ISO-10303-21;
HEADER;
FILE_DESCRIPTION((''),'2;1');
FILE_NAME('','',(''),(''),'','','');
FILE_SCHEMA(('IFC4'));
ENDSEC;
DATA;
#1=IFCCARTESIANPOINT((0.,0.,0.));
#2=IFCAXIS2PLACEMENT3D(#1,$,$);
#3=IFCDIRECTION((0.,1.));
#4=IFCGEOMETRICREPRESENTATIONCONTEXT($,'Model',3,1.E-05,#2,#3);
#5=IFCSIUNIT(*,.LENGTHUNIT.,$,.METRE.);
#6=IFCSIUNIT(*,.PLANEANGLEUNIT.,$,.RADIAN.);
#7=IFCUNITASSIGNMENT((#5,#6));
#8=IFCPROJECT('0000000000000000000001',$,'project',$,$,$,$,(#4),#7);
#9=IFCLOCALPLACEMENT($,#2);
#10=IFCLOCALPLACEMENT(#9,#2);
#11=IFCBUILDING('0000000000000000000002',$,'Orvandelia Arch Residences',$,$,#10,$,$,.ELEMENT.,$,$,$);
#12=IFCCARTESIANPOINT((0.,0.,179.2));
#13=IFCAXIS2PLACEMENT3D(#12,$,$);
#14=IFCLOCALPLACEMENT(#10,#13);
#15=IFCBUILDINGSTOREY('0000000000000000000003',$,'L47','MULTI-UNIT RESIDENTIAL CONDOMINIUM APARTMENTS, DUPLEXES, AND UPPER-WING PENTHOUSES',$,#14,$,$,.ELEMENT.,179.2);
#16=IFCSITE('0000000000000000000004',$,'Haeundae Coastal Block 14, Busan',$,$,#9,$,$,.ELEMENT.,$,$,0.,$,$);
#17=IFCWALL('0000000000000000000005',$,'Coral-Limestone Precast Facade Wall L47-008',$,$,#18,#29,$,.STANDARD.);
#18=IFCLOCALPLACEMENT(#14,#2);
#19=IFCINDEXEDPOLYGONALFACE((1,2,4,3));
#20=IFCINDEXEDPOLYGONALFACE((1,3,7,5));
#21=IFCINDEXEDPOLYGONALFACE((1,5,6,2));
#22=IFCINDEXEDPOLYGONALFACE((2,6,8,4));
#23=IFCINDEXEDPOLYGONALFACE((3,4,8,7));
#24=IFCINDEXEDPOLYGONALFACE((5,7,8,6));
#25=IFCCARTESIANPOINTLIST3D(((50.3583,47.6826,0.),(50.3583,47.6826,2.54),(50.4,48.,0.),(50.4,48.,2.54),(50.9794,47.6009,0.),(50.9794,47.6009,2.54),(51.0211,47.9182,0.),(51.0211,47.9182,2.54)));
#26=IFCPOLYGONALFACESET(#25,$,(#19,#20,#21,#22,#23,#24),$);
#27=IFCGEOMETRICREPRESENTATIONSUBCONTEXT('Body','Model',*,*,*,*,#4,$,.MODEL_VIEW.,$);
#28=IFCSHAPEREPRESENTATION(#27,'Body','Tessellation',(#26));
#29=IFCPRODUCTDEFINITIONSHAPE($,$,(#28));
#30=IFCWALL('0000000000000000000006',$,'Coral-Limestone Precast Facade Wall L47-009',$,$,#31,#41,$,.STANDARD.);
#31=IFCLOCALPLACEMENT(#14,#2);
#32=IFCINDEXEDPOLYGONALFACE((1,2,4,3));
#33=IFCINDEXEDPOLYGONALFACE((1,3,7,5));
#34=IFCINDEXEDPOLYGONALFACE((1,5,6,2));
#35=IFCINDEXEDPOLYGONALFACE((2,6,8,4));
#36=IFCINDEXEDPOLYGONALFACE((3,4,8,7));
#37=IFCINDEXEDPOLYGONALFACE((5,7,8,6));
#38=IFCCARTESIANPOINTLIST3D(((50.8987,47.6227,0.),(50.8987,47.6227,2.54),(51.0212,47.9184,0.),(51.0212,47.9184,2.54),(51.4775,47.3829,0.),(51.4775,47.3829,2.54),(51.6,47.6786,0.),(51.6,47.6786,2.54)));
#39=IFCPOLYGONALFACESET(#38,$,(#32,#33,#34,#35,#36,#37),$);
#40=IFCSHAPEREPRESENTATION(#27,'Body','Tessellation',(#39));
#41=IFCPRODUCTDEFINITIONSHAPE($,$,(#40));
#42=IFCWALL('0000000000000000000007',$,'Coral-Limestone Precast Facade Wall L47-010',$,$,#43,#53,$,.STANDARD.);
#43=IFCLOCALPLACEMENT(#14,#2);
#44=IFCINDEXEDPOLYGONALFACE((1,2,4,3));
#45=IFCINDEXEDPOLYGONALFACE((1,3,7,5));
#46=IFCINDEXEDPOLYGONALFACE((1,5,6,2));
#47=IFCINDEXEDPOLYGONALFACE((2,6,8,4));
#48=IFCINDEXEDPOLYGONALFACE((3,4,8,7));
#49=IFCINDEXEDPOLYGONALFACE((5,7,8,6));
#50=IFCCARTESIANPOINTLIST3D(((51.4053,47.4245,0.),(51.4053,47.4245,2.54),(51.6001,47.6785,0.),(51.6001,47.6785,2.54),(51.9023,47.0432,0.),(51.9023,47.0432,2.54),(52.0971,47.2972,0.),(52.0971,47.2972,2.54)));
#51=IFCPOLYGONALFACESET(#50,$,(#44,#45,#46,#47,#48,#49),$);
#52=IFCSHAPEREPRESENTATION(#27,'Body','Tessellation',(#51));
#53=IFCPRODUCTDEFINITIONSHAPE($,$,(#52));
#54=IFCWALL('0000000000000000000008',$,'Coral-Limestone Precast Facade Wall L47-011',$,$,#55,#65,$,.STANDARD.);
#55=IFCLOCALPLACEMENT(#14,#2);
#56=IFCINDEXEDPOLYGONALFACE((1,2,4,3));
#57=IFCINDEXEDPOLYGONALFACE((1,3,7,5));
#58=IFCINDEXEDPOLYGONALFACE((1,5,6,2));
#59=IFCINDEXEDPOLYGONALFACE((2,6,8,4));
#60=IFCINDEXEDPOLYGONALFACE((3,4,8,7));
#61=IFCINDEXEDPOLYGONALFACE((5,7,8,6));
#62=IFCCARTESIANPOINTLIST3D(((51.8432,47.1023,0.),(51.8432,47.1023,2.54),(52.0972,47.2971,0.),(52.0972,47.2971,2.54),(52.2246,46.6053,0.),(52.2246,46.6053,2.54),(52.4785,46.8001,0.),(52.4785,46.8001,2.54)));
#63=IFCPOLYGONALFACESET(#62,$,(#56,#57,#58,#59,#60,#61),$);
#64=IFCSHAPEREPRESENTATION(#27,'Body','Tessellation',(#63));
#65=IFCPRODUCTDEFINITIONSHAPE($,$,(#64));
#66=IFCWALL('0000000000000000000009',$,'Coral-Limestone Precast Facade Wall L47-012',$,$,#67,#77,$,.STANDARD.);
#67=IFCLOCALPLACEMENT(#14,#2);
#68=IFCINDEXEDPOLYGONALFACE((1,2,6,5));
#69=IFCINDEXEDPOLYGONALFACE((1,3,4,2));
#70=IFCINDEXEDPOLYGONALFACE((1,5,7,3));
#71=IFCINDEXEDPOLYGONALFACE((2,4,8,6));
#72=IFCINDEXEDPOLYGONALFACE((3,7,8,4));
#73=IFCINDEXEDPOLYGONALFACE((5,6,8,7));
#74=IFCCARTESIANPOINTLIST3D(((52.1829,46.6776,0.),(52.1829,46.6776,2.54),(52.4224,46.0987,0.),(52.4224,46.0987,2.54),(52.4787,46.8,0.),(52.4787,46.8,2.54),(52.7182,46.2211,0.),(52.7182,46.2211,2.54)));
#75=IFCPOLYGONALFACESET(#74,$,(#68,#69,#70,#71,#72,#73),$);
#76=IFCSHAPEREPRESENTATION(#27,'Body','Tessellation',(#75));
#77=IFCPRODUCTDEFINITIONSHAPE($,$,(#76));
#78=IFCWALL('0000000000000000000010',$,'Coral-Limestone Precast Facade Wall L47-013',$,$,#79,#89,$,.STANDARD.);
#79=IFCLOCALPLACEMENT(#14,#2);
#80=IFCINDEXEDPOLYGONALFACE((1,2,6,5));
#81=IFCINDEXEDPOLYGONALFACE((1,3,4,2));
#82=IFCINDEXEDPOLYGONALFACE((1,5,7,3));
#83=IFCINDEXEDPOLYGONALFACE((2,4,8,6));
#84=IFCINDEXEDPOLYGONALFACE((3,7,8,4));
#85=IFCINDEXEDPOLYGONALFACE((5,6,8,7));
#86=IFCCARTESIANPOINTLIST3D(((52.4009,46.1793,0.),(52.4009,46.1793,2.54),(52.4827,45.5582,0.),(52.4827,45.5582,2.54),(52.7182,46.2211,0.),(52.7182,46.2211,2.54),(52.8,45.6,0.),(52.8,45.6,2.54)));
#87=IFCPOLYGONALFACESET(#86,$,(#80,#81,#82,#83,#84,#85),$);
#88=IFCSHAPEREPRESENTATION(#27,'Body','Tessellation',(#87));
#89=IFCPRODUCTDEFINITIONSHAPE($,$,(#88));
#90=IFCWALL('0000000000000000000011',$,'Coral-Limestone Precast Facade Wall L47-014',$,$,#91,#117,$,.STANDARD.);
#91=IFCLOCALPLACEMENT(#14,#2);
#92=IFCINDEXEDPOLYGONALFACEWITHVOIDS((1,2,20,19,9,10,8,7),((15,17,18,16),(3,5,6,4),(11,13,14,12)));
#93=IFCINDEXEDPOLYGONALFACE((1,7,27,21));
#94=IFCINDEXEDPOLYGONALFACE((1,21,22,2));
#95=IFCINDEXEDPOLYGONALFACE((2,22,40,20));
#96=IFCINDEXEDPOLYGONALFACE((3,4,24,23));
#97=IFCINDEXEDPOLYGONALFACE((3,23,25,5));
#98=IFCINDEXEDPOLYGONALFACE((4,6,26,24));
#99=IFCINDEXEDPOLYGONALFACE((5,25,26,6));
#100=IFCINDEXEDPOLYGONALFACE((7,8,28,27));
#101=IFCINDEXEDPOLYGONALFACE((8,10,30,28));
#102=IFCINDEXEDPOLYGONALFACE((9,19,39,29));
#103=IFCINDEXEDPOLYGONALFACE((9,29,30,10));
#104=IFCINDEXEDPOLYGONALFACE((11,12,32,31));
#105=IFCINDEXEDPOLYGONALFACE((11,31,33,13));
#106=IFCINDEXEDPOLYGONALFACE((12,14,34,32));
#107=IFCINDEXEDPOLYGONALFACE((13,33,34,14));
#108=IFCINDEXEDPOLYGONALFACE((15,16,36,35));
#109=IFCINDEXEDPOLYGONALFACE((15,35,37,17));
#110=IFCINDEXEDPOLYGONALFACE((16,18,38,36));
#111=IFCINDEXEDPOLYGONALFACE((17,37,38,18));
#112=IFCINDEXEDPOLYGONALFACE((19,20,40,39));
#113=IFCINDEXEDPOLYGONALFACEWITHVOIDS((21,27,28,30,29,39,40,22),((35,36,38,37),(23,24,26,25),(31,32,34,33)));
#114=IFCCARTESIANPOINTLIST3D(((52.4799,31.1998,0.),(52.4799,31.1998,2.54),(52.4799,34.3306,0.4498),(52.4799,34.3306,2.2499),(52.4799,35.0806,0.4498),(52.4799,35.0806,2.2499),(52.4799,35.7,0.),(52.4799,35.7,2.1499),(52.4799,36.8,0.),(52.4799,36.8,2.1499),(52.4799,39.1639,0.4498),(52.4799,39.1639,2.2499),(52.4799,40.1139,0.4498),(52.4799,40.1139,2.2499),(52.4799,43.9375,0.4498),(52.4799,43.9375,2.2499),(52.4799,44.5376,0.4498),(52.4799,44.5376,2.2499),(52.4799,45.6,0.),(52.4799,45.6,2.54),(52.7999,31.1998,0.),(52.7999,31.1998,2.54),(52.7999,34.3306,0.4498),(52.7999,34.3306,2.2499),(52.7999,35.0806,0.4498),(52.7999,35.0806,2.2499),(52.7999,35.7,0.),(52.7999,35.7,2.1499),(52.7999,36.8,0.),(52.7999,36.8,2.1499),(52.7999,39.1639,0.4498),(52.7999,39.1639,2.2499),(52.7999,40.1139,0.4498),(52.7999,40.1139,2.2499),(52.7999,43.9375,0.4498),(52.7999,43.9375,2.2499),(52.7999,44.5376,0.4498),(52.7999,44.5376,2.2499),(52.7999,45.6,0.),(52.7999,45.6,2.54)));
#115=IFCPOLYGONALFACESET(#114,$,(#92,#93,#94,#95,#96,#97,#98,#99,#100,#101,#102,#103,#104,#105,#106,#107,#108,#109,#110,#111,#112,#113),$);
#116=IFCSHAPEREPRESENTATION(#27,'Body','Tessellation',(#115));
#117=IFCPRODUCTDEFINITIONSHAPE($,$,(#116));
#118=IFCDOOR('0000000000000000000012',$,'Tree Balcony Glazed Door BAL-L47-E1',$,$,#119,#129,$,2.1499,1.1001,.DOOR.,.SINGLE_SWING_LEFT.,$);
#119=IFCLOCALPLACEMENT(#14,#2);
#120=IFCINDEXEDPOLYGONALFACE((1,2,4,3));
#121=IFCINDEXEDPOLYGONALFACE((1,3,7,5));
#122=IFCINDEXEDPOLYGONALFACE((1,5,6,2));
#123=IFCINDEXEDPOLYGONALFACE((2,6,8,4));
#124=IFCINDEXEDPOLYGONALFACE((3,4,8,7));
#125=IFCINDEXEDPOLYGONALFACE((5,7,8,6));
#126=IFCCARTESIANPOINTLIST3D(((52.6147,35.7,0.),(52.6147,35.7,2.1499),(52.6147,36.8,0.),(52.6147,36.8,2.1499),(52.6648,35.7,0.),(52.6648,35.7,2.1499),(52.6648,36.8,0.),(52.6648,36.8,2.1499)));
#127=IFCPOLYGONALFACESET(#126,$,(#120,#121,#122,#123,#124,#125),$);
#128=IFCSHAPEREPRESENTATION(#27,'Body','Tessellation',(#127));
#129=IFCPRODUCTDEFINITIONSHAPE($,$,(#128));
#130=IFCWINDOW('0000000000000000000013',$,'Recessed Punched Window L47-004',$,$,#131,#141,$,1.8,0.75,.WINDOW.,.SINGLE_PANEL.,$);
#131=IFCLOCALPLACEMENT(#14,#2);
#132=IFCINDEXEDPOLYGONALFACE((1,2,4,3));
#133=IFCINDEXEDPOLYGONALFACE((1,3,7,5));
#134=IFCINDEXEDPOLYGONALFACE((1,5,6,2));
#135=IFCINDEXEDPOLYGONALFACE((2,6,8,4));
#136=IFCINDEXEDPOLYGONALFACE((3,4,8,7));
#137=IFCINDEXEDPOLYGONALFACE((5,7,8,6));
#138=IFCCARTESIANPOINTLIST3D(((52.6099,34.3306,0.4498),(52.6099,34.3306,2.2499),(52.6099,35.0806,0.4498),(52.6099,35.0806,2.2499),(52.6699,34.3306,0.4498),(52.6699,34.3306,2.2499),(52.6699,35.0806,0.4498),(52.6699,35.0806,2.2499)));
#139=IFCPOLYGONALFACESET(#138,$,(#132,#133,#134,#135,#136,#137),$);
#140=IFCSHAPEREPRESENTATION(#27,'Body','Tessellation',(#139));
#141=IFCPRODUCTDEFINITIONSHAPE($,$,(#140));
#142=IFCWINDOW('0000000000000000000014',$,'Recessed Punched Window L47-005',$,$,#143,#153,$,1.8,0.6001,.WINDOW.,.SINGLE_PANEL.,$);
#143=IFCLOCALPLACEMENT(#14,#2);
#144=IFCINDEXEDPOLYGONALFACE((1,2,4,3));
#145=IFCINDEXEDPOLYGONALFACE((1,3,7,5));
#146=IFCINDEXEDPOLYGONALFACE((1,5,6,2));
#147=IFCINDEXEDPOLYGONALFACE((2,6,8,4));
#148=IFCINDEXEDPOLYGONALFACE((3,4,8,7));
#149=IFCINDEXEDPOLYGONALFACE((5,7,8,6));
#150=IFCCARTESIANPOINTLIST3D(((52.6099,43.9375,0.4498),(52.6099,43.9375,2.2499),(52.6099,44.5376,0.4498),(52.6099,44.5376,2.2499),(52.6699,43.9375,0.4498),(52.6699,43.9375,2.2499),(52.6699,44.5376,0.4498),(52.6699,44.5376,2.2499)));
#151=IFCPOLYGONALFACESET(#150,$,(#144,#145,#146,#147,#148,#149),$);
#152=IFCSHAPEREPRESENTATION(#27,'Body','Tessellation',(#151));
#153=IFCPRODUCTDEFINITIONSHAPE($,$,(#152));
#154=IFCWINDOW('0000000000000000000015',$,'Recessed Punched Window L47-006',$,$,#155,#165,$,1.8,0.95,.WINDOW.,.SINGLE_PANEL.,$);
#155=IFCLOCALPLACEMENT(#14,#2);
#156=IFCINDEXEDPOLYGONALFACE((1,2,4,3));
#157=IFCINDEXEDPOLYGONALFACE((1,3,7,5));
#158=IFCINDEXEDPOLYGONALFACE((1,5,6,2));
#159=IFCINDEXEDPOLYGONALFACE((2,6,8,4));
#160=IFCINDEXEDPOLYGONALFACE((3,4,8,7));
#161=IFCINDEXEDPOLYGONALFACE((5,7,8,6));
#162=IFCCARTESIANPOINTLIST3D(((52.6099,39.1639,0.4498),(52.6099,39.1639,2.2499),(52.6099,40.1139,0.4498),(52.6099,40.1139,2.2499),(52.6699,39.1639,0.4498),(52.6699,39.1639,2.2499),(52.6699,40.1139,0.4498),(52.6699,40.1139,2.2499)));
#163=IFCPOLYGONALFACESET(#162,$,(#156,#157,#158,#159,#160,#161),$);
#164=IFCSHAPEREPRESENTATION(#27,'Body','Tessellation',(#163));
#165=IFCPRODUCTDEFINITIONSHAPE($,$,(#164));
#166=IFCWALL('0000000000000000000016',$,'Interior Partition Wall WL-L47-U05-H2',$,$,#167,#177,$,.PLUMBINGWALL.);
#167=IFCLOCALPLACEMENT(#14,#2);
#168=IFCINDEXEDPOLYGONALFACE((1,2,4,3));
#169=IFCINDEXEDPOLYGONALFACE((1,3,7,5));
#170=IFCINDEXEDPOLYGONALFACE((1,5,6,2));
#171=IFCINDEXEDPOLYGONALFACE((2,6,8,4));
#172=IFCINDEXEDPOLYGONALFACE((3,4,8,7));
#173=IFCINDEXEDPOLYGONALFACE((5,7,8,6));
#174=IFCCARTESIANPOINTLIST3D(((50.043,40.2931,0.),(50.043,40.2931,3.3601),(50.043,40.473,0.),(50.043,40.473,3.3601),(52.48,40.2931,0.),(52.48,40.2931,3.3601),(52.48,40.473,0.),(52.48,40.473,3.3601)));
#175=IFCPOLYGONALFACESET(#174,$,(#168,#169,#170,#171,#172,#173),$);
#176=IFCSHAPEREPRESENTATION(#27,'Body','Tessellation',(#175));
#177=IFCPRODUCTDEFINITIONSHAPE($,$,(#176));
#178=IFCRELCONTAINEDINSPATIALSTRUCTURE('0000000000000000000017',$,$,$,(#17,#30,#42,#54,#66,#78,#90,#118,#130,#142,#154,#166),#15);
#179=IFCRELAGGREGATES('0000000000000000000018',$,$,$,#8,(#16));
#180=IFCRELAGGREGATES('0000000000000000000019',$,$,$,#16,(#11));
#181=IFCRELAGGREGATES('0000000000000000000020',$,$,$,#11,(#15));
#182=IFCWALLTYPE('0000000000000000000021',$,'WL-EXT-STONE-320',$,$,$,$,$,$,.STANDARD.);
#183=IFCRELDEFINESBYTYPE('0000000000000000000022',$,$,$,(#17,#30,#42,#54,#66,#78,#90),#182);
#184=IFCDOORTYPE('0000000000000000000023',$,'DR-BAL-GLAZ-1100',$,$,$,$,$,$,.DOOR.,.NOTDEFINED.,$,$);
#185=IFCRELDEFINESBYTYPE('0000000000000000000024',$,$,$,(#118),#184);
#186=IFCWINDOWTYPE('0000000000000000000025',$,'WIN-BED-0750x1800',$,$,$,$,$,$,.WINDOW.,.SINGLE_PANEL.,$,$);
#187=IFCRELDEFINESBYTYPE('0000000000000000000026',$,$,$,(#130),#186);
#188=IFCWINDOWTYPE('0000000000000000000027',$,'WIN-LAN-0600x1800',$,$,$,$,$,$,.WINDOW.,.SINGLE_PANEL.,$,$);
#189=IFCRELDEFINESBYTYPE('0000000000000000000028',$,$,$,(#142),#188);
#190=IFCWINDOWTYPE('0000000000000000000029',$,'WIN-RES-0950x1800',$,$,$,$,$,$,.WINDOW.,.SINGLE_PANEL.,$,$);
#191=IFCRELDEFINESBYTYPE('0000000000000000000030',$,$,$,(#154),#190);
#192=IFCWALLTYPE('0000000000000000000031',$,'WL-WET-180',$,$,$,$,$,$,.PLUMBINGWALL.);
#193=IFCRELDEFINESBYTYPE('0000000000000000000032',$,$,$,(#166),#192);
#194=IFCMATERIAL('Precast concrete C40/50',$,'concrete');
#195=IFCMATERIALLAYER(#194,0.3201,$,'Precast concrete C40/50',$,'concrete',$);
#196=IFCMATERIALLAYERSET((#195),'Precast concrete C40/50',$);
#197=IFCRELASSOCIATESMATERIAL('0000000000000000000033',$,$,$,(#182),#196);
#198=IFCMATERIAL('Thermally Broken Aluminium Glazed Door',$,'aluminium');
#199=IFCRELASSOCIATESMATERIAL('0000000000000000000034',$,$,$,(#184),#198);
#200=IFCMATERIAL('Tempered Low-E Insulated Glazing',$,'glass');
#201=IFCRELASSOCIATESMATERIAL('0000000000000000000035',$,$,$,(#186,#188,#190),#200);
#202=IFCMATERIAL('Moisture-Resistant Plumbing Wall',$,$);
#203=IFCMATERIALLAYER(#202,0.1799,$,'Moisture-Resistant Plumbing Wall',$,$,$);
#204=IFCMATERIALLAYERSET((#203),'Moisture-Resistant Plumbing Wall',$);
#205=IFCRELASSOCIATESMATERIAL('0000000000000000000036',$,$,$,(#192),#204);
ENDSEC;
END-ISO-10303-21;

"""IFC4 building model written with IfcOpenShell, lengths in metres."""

from ifc_helpers import new_model, si_unit, direction, frame, frame_2d, origin, place, context, subcontext, project, spatial, rectangle, extrude, material, layer, layer_set, type_object, element, fill, save


model = new_model("IFC4")

# Units and contexts
model_context = context("Model", 3, precision=1e-05, world=origin(), true_north=direction((0.0, 1.0)))
body_context = subcontext(model_context, "Body", "Model", "MODEL_VIEW")
ifc_project = project(units=[si_unit("LENGTHUNIT", "METRE"), si_unit("PLANEANGLEUNIT", "RADIAN")], contexts=[model_context])

# Site, building, storey
site_placement = place(None, origin())
site = spatial("IfcSite", under=ifc_project, at=site_placement, Name="Haeundae Coastal Block 14, Busan", CompositionType="ELEMENT", RefElevation=0.0)
building_placement = place(site_placement, origin())
building = spatial("IfcBuilding", under=site, at=building_placement, Name="Orvandelia Arch Residences", CompositionType="ELEMENT")
storey_placement = place(building_placement, frame((0.0, 0.0, 179.2)))
storey = spatial("IfcBuildingStorey", under=building, at=storey_placement, Name="L47", Description="MULTI-UNIT RESIDENTIAL CONDOMINIUM APARTMENTS, DUPLEXES, AND UPPER-WING PENTHOUSES", CompositionType="ELEMENT", Elevation=179.2)

# Walls
ifc_material_1 = material(Name="Precast concrete C40/50", Category="concrete")
ifc_layer_1 = layer(ifc_material_1, 0.3201, Name="Precast concrete C40/50", Category="concrete")
ifc_layer_set_1 = layer_set([ifc_layer_1], Name="Precast concrete C40/50")
wall_type_1 = type_object("IfcWallType", Name="WL-EXT-STONE-320", PredefinedType="STANDARD", material=ifc_layer_set_1)
for number, where, z_axis, x_axis, name in (
    (1, (50.3792, 47.8413, 0.0), (0.0, 0.0, 1.0), (0.991441, -0.130555, 0.0), "Coral-Limestone Precast Facade Wall L47-008"),
    (2, (50.96, 47.7705, 0.0), (0.0, 0.0, 1.0), (0.923893, -0.38265, 0.0), "Coral-Limestone Precast Facade Wall L47-009"),
    (3, (51.5027, 47.5515, 0.0), (0.0, 0.0, 1.0), (0.793406, -0.608693, 0.0), "Coral-Limestone Precast Facade Wall L47-010"),
    (4, (51.9702, 47.1997, 0.0), (0.0, 0.0, 1.0), (0.608693, -0.793406, 0.0), "Coral-Limestone Precast Facade Wall L47-011"),
    (5, (52.3308, 46.7388, 0.0), (0.0, 0.0, 1.0), (0.382317, -0.924031, 0.0), "Coral-Limestone Precast Facade Wall L47-012"),
    (6, (52.5596, 46.2002, 0.0), (0.0, 0.0, 1.0), (0.130555, -0.991441, 0.0), "Coral-Limestone Precast Facade Wall L47-013"),
):
    element("IfcWall", number, at=place(storey_placement, frame(where, z_axis=z_axis, x_axis=x_axis)), inside=storey, type_object=wall_type_1, Name=name, PredefinedType="STANDARD", context=body_context, shape_type="SweptSolid", body=[
        extrude(rectangle(XDim=0.6265, YDim=0.3201, at=frame_2d((0.3132, 0.0))), origin(), (0.0, 0.0, 1.0), 2.54),
    ])

# Wall, openings, door, windows
wall_1_placement = place(storey_placement, frame((52.6399, 45.6001, 0.0), z_axis=(0.0, 0.0, 1.0), x_axis=(0.0, -1.0, 0.0)))
wall_1 = element("IfcWall", 7, at=wall_1_placement, inside=storey, type_object=wall_type_1, Name="Coral-Limestone Precast Facade Wall L47-014", PredefinedType="STANDARD", context=body_context, shape_type="SweptSolid", body=[
    extrude(rectangle(XDim=14.4001, YDim=0.3201, at=frame_2d((7.2002, 0.0))), origin(), (0.0, 0.0, 1.0), 2.54),
])
opening_1_placement = place(wall_1_placement, frame((8.8, 0.0, 0.0)))
opening_1 = element("IfcOpeningElement", 8, at=opening_1_placement, cuts=wall_1, PredefinedType="OPENING", context=body_context, shape_type="SweptSolid", body=[
    extrude(rectangle(XDim=1.1001, YDim=2.1499, at=frame_2d((0.55, 1.075))), frame((0.0, 0.1699, 0.0), z_axis=(0.0, -1.0, 0.0), x_axis=(1.0, 0.0, 0.0)), (0.0, 0.0, 1.0), 0.3401),
])
opening_2_placement = place(wall_1_placement, frame((10.5195, 0.0, 0.45)))
opening_2 = element("IfcOpeningElement", 9, at=opening_2_placement, cuts=wall_1, PredefinedType="OPENING", context=body_context, shape_type="SweptSolid", body=[
    extrude(rectangle(XDim=0.75, YDim=1.8, at=frame_2d((0.375, 0.8999))), frame((0.0, 0.1699, 0.0), z_axis=(0.0, -1.0, 0.0), x_axis=(1.0, 0.0, 0.0)), (0.0, 0.0, 1.0), 0.3401),
])
opening_3_placement = place(wall_1_placement, frame((1.0625, 0.0, 0.45)))
opening_3 = element("IfcOpeningElement", 10, at=opening_3_placement, cuts=wall_1, PredefinedType="OPENING", context=body_context, shape_type="SweptSolid", body=[
    extrude(rectangle(XDim=0.6001, YDim=1.8, at=frame_2d((0.3, 0.8999))), frame((0.0, 0.1699, 0.0), z_axis=(0.0, -1.0, 0.0), x_axis=(1.0, 0.0, 0.0)), (0.0, 0.0, 1.0), 0.3401),
])
opening_4_placement = place(wall_1_placement, frame((5.4861, 0.0, 0.45)))
opening_4 = element("IfcOpeningElement", 11, at=opening_4_placement, cuts=wall_1, PredefinedType="OPENING", context=body_context, shape_type="SweptSolid", body=[
    extrude(rectangle(XDim=0.95, YDim=1.8, at=frame_2d((0.4751, 0.8999))), frame((0.0, 0.1699, 0.0), z_axis=(0.0, -1.0, 0.0), x_axis=(1.0, 0.0, 0.0)), (0.0, 0.0, 1.0), 0.3401),
])
ifc_material_2 = material(Name="Thermally Broken Aluminium Glazed Door", Category="aluminium")
door_type_1 = type_object("IfcDoorType", Name="DR-BAL-GLAZ-1100", OperationType="NOTDEFINED", PredefinedType="DOOR", material=ifc_material_2)
door_1_placement = place(opening_1_placement, origin())
door_1 = element("IfcDoor", 12, at=door_1_placement, inside=storey, type_object=door_type_1, Name="Tree Balcony Glazed Door BAL-L47-E1", OperationType="SINGLE_SWING_LEFT", OverallHeight=2.1499, OverallWidth=1.1001, PredefinedType="DOOR", context=body_context, shape_type="SweptSolid", body=[
    extrude(rectangle(XDim=1.1001, YDim=2.1499, at=frame_2d((0.55, 1.075))), frame((0.0, 0.0249, 0.0), z_axis=(0.0, -1.0, 0.0), x_axis=(1.0, 0.0, 0.0)), (0.0, 0.0, 1.0), 0.05),
])
fill(opening_1, door_1)
ifc_material_3 = material(Name="Tempered Low-E Insulated Glazing", Category="glass")
window_type_1 = type_object("IfcWindowType", Name="WIN-BED-0750x1800", PartitioningType="SINGLE_PANEL", PredefinedType="WINDOW", material=ifc_material_3)
window_1_placement = place(opening_2_placement, origin())
window_1 = element("IfcWindow", 13, at=window_1_placement, inside=storey, type_object=window_type_1, Name="Recessed Punched Window L47-004", OverallHeight=1.8, OverallWidth=0.75, PartitioningType="SINGLE_PANEL", PredefinedType="WINDOW", context=body_context, shape_type="SweptSolid", body=[
    extrude(rectangle(XDim=0.75, YDim=1.8, at=frame_2d((0.375, 0.8999))), frame((0.0, 0.03, 0.0), z_axis=(0.0, -1.0, 0.0), x_axis=(1.0, 0.0, 0.0)), (0.0, 0.0, 1.0), 0.0601),
])
fill(opening_2, window_1)
window_type_2 = type_object("IfcWindowType", Name="WIN-LAN-0600x1800", PartitioningType="SINGLE_PANEL", PredefinedType="WINDOW", material=ifc_material_3)
window_2_placement = place(opening_3_placement, origin())
window_2 = element("IfcWindow", 14, at=window_2_placement, inside=storey, type_object=window_type_2, Name="Recessed Punched Window L47-005", OverallHeight=1.8, OverallWidth=0.6001, PartitioningType="SINGLE_PANEL", PredefinedType="WINDOW", context=body_context, shape_type="SweptSolid", body=[
    extrude(rectangle(XDim=0.6001, YDim=1.8, at=frame_2d((0.3, 0.8999))), frame((0.0, 0.03, 0.0), z_axis=(0.0, -1.0, 0.0), x_axis=(1.0, 0.0, 0.0)), (0.0, 0.0, 1.0), 0.0601),
])
fill(opening_3, window_2)
window_type_3 = type_object("IfcWindowType", Name="WIN-RES-0950x1800", PartitioningType="SINGLE_PANEL", PredefinedType="WINDOW", material=ifc_material_3)
window_3_placement = place(opening_4_placement, origin())
window_3 = element("IfcWindow", 15, at=window_3_placement, inside=storey, type_object=window_type_3, Name="Recessed Punched Window L47-006", OverallHeight=1.8, OverallWidth=0.95, PartitioningType="SINGLE_PANEL", PredefinedType="WINDOW", context=body_context, shape_type="SweptSolid", body=[
    extrude(rectangle(XDim=0.95, YDim=1.8, at=frame_2d((0.4751, 0.8999))), frame((0.0, 0.03, 0.0), z_axis=(0.0, -1.0, 0.0), x_axis=(1.0, 0.0, 0.0)), (0.0, 0.0, 1.0), 0.0601),
])
fill(opening_4, window_3)

# Wall
ifc_material_4 = material(Name="Moisture-Resistant Plumbing Wall")
ifc_layer_2 = layer(ifc_material_4, 0.1799, Name="Moisture-Resistant Plumbing Wall")
ifc_layer_set_2 = layer_set([ifc_layer_2], Name="Moisture-Resistant Plumbing Wall")
wall_type_2 = type_object("IfcWallType", Name="WL-WET-180", PredefinedType="PLUMBINGWALL", material=ifc_layer_set_2)
wall_2_placement = place(storey_placement, frame((50.043, 40.3831, 0.0), z_axis=(0.0, 0.0, 1.0), x_axis=(1.0, 0.0, 0.0)))
element("IfcWall", 16, at=wall_2_placement, inside=storey, type_object=wall_type_2, Name="Interior Partition Wall WL-L47-U05-H2", PredefinedType="PLUMBINGWALL", context=body_context, shape_type="SweptSolid", body=[
    extrude(rectangle(XDim=2.437, YDim=0.1799, at=frame_2d((1.2185, 0.0))), origin(), (0.0, 0.0, 1.0), 3.3601),
])

save(model, "model.ifc")
